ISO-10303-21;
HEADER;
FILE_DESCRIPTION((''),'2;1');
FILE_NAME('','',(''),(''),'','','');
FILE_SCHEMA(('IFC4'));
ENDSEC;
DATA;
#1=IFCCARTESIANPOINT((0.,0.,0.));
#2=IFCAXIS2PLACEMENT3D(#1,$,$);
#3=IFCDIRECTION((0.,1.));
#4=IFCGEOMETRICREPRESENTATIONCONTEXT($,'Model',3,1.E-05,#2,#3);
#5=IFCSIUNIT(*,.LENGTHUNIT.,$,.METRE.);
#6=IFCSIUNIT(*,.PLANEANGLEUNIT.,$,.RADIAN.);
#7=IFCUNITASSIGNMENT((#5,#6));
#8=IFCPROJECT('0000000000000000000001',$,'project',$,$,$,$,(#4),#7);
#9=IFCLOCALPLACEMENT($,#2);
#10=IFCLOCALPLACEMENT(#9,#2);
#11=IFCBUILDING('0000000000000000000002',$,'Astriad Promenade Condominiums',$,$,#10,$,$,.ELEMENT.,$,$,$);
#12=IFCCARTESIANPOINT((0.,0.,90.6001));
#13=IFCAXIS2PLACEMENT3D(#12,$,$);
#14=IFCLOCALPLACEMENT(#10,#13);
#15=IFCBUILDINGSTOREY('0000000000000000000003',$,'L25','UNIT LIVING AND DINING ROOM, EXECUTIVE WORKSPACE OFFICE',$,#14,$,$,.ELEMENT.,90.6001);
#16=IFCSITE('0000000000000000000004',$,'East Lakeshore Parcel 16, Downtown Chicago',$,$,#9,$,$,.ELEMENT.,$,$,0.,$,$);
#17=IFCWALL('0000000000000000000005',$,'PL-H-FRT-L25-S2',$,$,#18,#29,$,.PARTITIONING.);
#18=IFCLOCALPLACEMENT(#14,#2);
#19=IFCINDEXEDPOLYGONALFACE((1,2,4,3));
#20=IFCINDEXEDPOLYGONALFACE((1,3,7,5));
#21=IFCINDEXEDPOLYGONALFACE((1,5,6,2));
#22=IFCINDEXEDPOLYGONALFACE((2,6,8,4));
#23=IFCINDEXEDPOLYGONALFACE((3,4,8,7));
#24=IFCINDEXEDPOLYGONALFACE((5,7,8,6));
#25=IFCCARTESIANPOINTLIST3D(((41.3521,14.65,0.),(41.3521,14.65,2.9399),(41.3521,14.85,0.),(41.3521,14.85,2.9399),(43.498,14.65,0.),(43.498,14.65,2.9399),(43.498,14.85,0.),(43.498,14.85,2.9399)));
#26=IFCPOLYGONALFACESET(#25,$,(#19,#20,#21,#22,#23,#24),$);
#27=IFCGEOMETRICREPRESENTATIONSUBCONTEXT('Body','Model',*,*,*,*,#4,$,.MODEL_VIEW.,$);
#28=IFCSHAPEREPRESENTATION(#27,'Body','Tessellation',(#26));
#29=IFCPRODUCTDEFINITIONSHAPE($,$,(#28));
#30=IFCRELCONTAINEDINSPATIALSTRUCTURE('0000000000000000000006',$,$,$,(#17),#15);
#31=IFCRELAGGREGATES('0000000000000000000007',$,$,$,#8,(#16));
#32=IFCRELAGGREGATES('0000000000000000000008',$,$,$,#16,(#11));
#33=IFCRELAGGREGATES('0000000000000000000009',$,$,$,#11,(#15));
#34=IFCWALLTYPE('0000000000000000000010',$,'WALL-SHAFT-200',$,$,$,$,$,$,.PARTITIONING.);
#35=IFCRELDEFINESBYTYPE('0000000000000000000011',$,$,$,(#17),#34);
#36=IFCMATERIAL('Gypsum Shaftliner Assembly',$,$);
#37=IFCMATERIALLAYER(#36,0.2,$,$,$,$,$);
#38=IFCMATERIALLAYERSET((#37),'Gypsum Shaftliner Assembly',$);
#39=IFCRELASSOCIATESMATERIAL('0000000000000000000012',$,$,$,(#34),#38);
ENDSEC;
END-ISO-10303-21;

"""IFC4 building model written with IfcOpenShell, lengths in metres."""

from ifc_helpers import new_model, si_unit, direction, frame, frame_2d, origin, place, context, subcontext, project, spatial, rectangle, extrude, material, layer, layer_set, type_object, element, save


model = new_model("IFC4")

# Units and contexts
model_context = context("Model", 3, precision=1e-05, world=origin(), true_north=direction((0.0, 1.0)))
body_context = subcontext(model_context, "Body", "Model", "MODEL_VIEW")
ifc_project = project(units=[si_unit("LENGTHUNIT", "METRE"), si_unit("PLANEANGLEUNIT", "RADIAN")], contexts=[model_context])

# Site, building, storey
site_placement = place(None, origin())
site = spatial("IfcSite", under=ifc_project, at=site_placement, Name="East Lakeshore Parcel 16, Downtown Chicago", CompositionType="ELEMENT", RefElevation=0.0)
building_placement = place(site_placement, origin())
building = spatial("IfcBuilding", under=site, at=building_placement, Name="Astriad Promenade Condominiums", CompositionType="ELEMENT")
storey_placement = place(building_placement, frame((0.0, 0.0, 90.6001)))
storey = spatial("IfcBuildingStorey", under=building, at=storey_placement, Name="L25", Description="UNIT LIVING AND DINING ROOM, EXECUTIVE WORKSPACE OFFICE", CompositionType="ELEMENT", Elevation=90.6001)

# Wall
ifc_material_1 = material(Name="Gypsum Shaftliner Assembly")
ifc_layer_1 = layer(ifc_material_1, 0.2)
ifc_layer_set_1 = layer_set([ifc_layer_1], Name="Gypsum Shaftliner Assembly")
wall_type_1 = type_object("IfcWallType", Name="WALL-SHAFT-200", PredefinedType="PARTITIONING", material=ifc_layer_set_1)
for number, where, z_axis, x_axis, name in (
    (1, (41.3521, 14.75, 0.0), (0.0, 0.0, 1.0), (1.0, 0.0, 0.0), "PL-H-FRT-L25-S2"),
):
    element("IfcWall", number, at=place(storey_placement, frame(where, z_axis=z_axis, x_axis=x_axis)), inside=storey, type_object=wall_type_1, Name=name, PredefinedType="PARTITIONING", context=body_context, shape_type="SweptSolid", body=[
        extrude(rectangle(XDim=2.146, YDim=0.2, at=frame_2d((1.073, 0.0))), origin(), (0.0, 0.0, 1.0), 2.9399),
    ])

save(model, "model.ifc")
